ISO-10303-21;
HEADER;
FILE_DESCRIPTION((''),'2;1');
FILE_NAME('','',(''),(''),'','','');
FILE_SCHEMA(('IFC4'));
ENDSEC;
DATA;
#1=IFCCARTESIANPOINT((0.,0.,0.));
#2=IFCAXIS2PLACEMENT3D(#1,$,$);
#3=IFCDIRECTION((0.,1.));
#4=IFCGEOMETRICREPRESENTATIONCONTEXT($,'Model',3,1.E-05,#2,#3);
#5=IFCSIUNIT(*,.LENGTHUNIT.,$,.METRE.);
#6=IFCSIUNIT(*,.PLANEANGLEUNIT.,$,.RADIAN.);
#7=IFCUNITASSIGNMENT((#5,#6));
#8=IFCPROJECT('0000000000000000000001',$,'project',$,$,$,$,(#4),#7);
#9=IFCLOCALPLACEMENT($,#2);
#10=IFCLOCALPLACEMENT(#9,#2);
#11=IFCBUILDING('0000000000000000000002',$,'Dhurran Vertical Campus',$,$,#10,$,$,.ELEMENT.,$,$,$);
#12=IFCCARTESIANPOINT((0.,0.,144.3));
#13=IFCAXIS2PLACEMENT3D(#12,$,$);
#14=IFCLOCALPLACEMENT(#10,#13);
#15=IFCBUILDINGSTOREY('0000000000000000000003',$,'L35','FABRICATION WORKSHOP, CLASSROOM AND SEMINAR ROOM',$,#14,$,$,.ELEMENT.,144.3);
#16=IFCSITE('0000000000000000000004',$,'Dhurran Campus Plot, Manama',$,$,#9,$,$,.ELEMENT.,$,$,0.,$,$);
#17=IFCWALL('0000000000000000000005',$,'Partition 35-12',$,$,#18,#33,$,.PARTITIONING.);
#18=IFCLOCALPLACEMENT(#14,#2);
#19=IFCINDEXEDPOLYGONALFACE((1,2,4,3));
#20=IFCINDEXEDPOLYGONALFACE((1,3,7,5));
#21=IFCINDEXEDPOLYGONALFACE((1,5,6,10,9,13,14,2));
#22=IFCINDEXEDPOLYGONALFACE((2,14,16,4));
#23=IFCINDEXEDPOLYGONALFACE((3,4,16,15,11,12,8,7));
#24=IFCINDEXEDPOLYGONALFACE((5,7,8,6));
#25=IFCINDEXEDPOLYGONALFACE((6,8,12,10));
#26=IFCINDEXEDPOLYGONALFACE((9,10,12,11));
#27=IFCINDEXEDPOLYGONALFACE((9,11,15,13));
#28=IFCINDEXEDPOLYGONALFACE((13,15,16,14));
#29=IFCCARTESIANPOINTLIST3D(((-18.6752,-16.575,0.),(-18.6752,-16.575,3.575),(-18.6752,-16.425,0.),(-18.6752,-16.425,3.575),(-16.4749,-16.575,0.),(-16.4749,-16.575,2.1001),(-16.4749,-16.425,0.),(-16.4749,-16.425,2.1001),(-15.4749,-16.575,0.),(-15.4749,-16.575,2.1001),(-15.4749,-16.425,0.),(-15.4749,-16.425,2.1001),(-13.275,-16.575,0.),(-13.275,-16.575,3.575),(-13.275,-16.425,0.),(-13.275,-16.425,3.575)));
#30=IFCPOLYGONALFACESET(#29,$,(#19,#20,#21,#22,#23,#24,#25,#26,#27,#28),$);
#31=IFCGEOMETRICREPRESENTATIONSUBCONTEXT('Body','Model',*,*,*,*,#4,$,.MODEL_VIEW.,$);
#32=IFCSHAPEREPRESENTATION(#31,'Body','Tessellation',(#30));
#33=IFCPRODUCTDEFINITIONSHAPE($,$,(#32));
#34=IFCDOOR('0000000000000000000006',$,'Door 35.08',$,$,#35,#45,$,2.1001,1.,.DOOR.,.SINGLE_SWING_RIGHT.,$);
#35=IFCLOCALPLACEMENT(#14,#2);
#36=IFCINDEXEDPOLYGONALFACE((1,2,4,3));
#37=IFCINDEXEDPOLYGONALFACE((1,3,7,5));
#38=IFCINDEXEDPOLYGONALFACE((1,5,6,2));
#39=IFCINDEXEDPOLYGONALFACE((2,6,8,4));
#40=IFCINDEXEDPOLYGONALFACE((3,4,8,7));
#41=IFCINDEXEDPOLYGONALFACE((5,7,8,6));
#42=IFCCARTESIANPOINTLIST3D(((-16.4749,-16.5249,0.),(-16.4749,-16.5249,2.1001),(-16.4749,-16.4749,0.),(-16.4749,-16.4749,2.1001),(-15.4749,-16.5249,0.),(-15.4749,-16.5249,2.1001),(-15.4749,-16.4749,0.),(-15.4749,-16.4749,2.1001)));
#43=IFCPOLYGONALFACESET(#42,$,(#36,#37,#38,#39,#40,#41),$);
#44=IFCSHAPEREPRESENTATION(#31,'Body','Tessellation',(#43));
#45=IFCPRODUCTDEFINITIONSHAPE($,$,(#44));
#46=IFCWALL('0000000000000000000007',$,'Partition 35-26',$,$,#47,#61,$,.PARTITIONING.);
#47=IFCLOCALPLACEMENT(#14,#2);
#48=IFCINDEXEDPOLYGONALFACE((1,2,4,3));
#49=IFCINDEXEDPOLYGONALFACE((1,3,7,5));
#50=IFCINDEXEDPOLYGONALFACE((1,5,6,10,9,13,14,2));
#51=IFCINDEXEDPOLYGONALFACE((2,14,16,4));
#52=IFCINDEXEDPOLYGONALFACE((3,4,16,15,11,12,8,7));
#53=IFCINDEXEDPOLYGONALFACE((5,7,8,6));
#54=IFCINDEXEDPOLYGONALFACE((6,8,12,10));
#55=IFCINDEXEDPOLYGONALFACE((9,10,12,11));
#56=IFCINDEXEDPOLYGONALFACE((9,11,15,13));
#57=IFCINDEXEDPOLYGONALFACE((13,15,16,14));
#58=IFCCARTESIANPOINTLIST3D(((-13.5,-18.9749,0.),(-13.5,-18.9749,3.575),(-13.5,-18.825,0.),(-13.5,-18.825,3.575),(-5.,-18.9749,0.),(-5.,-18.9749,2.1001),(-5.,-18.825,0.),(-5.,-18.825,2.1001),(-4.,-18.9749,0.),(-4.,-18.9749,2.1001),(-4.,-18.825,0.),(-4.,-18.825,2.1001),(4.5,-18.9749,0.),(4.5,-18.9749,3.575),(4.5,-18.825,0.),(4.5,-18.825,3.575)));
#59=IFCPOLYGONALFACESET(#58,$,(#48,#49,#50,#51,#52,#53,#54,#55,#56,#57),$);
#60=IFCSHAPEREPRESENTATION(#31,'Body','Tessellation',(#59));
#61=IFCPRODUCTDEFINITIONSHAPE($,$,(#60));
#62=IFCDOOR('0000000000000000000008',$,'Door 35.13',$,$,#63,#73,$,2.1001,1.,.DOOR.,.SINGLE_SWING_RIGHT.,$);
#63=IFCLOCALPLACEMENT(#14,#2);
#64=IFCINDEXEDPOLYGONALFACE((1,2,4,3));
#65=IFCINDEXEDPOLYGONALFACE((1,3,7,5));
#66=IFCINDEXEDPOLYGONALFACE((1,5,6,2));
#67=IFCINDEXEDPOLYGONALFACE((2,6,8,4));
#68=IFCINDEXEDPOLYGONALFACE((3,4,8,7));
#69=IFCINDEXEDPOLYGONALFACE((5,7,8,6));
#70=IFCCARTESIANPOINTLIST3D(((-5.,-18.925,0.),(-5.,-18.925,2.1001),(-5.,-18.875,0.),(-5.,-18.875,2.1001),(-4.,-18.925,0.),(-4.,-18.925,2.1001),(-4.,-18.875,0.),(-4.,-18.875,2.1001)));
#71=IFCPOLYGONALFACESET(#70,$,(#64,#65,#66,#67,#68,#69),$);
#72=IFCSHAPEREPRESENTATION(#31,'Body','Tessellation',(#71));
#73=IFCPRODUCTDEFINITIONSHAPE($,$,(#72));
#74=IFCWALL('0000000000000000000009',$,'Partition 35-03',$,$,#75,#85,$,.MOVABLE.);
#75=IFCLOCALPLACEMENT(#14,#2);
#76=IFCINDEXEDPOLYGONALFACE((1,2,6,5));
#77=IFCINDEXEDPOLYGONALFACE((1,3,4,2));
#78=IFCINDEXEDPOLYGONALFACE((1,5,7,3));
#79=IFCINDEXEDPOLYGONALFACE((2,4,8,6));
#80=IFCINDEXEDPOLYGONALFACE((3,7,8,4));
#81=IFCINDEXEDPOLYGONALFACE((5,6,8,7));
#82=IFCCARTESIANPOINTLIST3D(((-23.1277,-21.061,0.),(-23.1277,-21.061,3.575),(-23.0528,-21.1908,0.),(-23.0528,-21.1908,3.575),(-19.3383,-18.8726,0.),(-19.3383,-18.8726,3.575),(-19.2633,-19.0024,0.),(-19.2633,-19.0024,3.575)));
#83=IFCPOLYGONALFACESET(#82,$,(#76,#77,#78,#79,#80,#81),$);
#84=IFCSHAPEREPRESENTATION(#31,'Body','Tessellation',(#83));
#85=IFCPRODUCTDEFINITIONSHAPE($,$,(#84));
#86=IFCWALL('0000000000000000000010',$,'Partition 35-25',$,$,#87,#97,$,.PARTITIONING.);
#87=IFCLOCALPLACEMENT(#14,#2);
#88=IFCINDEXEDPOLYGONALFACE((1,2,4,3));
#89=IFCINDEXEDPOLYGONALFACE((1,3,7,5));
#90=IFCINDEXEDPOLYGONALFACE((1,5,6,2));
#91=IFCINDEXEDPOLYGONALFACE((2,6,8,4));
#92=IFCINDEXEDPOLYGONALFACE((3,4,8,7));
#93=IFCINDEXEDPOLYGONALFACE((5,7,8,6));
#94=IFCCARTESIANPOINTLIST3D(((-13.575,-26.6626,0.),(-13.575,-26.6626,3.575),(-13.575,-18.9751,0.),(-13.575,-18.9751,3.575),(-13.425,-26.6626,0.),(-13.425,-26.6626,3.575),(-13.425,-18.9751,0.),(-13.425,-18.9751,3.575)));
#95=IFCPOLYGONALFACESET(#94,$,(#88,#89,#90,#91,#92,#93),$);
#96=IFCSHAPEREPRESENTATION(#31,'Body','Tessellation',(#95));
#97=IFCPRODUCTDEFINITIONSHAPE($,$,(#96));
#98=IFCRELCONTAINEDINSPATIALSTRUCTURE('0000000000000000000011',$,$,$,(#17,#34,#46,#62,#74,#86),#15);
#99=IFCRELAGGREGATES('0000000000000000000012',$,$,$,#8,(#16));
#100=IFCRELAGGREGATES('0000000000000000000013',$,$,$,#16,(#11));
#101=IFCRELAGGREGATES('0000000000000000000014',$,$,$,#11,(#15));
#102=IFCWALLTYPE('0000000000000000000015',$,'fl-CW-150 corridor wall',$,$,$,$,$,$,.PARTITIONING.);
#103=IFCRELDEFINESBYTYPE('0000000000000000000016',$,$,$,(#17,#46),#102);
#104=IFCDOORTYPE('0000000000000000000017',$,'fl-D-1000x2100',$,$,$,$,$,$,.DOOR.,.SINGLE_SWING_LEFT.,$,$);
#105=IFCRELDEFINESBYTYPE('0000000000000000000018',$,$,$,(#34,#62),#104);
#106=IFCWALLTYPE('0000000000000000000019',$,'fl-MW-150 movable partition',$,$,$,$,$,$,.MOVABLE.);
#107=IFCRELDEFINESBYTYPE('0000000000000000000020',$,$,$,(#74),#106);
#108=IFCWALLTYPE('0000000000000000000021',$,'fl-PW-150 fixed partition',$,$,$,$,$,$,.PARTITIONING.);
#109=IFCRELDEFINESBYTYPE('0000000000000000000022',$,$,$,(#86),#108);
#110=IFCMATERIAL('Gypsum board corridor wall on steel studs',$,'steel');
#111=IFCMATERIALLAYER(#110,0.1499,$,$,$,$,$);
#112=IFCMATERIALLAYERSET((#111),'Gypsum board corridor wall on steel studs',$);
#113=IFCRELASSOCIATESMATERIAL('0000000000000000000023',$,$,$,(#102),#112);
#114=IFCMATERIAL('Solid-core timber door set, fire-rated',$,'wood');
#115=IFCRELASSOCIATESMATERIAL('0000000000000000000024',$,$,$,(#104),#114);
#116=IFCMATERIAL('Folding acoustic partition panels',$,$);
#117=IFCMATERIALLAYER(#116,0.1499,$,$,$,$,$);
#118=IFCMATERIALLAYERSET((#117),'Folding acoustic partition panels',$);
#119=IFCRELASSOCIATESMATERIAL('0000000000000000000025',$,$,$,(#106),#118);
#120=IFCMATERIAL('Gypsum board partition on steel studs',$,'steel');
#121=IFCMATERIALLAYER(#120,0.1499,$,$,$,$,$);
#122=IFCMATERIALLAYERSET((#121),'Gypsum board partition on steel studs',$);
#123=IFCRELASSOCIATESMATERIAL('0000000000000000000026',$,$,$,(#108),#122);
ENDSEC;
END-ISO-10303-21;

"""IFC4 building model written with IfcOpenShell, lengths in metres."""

from ifc_helpers import new_model, si_unit, direction, frame, frame_2d, origin, place, context, subcontext, project, spatial, rectangle, extrude, material, layer, layer_set, type_object, element, fill, save


model = new_model("IFC4")

# Units and contexts
model_context = context("Model", 3, precision=1e-05, world=origin(), true_north=direction((0.0, 1.0)))
body_context = subcontext(model_context, "Body", "Model", "MODEL_VIEW")
ifc_project = project(units=[si_unit("LENGTHUNIT", "METRE"), si_unit("PLANEANGLEUNIT", "RADIAN")], contexts=[model_context])

# Site, building, storey
site_placement = place(None, origin())
site = spatial("IfcSite", under=ifc_project, at=site_placement, Name="Dhurran Campus Plot, Manama", CompositionType="ELEMENT", RefElevation=0.0)
building_placement = place(site_placement, origin())
building = spatial("IfcBuilding", under=site, at=building_placement, Name="Dhurran Vertical Campus", CompositionType="ELEMENT")
storey_placement = place(building_placement, frame((0.0, 0.0, 144.3)))
storey = spatial("IfcBuildingStorey", under=building, at=storey_placement, Name="L35", Description="FABRICATION WORKSHOP, CLASSROOM AND SEMINAR ROOM", CompositionType="ELEMENT", Elevation=144.3)

# Shared definitions
ifc_material_1 = material(Name="Gypsum board corridor wall on steel studs", Category="steel")
ifc_layer_1 = layer(ifc_material_1, 0.1499)
ifc_layer_set_1 = layer_set([ifc_layer_1], Name="Gypsum board corridor wall on steel studs")
wall_type_1 = type_object("IfcWallType", Name="fl-CW-150 corridor wall", PredefinedType="PARTITIONING", material=ifc_layer_set_1)

# Shared definitions
ifc_material_2 = material(Name="Solid-core timber door set, fire-rated", Category="wood")
door_type = type_object("IfcDoorType", Name="fl-D-1000x2100", OperationType="SINGLE_SWING_LEFT", PredefinedType="DOOR", material=ifc_material_2)

# Walls, openings, doors
wall_1_placement = place(storey_placement, frame((-13.2749, -16.5, 0.0), z_axis=(0.0, 0.0, 1.0), x_axis=(-1.0, 0.0, 0.0)))
wall_1 = element("IfcWall", 1, at=wall_1_placement, inside=storey, type_object=wall_type_1, Name="Partition 35-12", PredefinedType="PARTITIONING", context=body_context, shape_type="SweptSolid", body=[
    extrude(rectangle(XDim=5.4001, YDim=0.1499, at=frame_2d((2.7002, 0.0))), origin(), (0.0, 0.0, 1.0), 3.575),
])
opening_1_placement = place(wall_1_placement, frame((2.2, 0.0, 0.0)))
opening_1 = element("IfcOpeningElement", 2, at=opening_1_placement, cuts=wall_1, PredefinedType="OPENING", context=body_context, shape_type="SweptSolid", body=[
    extrude(rectangle(XDim=1.0, YDim=2.1001, at=frame_2d((0.5, 1.05))), frame((0.0, 0.085, 0.0), z_axis=(0.0, -1.0, 0.0), x_axis=(1.0, 0.0, 0.0)), (0.0, 0.0, 1.0), 0.1699),
])
door_1_placement = place(opening_1_placement, origin())
door_1 = element("IfcDoor", 3, at=door_1_placement, inside=storey, type_object=door_type, Name="Door 35.08", OperationType="SINGLE_SWING_RIGHT", OverallHeight=2.1001, OverallWidth=1.0, PredefinedType="DOOR", context=body_context, shape_type="SweptSolid", body=[
    extrude(rectangle(XDim=1.0, YDim=2.1001, at=frame_2d((0.5, 1.05))), frame((0.0, 0.0249, 0.0), z_axis=(0.0, -1.0, 0.0), x_axis=(1.0, 0.0, 0.0)), (0.0, 0.0, 1.0), 0.05),
])
fill(opening_1, door_1)
wall_2_placement = place(storey_placement, frame((-13.5, -18.8999, 0.0), z_axis=(0.0, 0.0, 1.0), x_axis=(1.0, 0.0, 0.0)))
wall_2 = element("IfcWall", 4, at=wall_2_placement, inside=storey, type_object=wall_type_1, Name="Partition 35-26", PredefinedType="PARTITIONING", context=body_context, shape_type="SweptSolid", body=[
    extrude(rectangle(XDim=18.0, YDim=0.1499, at=frame_2d((9.0, 0.0))), origin(), (0.0, 0.0, 1.0), 3.575),
])
opening_2_placement = place(wall_2_placement, frame((8.5, 0.0, 0.0)))
opening_2 = element("IfcOpeningElement", 5, at=opening_2_placement, cuts=wall_2, PredefinedType="OPENING", context=body_context, shape_type="SweptSolid", body=[
    extrude(rectangle(XDim=1.0, YDim=2.1001, at=frame_2d((0.5, 1.05))), frame((0.0, 0.085, 0.0), z_axis=(0.0, -1.0, 0.0), x_axis=(1.0, 0.0, 0.0)), (0.0, 0.0, 1.0), 0.1699),
])
door_2_placement = place(opening_2_placement, origin())
door_2 = element("IfcDoor", 6, at=door_2_placement, inside=storey, type_object=door_type, Name="Door 35.13", OperationType="SINGLE_SWING_RIGHT", OverallHeight=2.1001, OverallWidth=1.0, PredefinedType="DOOR", context=body_context, shape_type="SweptSolid", body=[
    extrude(rectangle(XDim=1.0, YDim=2.1001, at=frame_2d((0.5, 1.05))), frame((0.0, 0.0249, 0.0), z_axis=(0.0, -1.0, 0.0), x_axis=(1.0, 0.0, 0.0)), (0.0, 0.0, 1.0), 0.05),
])
fill(opening_2, door_2)

# Walls
ifc_material_3 = material(Name="Folding acoustic partition panels")
ifc_layer_2 = layer(ifc_material_3, 0.1499)
ifc_layer_set_2 = layer_set([ifc_layer_2], Name="Folding acoustic partition panels")
wall_type_2 = type_object("IfcWallType", Name="fl-MW-150 movable partition", PredefinedType="MOVABLE", material=ifc_layer_set_2)
wall_3_placement = place(storey_placement, frame((-19.3008, -18.9375, 0.0), z_axis=(0.0, 0.0, 1.0), x_axis=(-0.865968, -0.500099, 0.0)))
element("IfcWall", 7, at=wall_3_placement, inside=storey, type_object=wall_type_2, Name="Partition 35-03", PredefinedType="MOVABLE", context=body_context, shape_type="SweptSolid", body=[
    extrude(rectangle(XDim=4.376, YDim=0.1499, at=frame_2d((2.188, 0.0))), origin(), (0.0, 0.0, 1.0), 3.575),
])
ifc_material_4 = material(Name="Gypsum board partition on steel studs", Category="steel")
ifc_layer_3 = layer(ifc_material_4, 0.1499)
ifc_layer_set_3 = layer_set([ifc_layer_3], Name="Gypsum board partition on steel studs")
wall_type_3 = type_object("IfcWallType", Name="fl-PW-150 fixed partition", PredefinedType="PARTITIONING", material=ifc_layer_set_3)
wall_4_placement = place(storey_placement, frame((-13.5, -18.9751, 0.0), z_axis=(0.0, 0.0, 1.0), x_axis=(0.0, -1.0, 0.0)))
element("IfcWall", 8, at=wall_4_placement, inside=storey, type_object=wall_type_3, Name="Partition 35-25", PredefinedType="PARTITIONING", context=body_context, shape_type="SweptSolid", body=[
    extrude(rectangle(XDim=7.6875, YDim=0.1499, at=frame_2d((3.8438, 0.0))), origin(), (0.0, 0.0, 1.0), 3.575),
])

save(model, "model.ifc")
